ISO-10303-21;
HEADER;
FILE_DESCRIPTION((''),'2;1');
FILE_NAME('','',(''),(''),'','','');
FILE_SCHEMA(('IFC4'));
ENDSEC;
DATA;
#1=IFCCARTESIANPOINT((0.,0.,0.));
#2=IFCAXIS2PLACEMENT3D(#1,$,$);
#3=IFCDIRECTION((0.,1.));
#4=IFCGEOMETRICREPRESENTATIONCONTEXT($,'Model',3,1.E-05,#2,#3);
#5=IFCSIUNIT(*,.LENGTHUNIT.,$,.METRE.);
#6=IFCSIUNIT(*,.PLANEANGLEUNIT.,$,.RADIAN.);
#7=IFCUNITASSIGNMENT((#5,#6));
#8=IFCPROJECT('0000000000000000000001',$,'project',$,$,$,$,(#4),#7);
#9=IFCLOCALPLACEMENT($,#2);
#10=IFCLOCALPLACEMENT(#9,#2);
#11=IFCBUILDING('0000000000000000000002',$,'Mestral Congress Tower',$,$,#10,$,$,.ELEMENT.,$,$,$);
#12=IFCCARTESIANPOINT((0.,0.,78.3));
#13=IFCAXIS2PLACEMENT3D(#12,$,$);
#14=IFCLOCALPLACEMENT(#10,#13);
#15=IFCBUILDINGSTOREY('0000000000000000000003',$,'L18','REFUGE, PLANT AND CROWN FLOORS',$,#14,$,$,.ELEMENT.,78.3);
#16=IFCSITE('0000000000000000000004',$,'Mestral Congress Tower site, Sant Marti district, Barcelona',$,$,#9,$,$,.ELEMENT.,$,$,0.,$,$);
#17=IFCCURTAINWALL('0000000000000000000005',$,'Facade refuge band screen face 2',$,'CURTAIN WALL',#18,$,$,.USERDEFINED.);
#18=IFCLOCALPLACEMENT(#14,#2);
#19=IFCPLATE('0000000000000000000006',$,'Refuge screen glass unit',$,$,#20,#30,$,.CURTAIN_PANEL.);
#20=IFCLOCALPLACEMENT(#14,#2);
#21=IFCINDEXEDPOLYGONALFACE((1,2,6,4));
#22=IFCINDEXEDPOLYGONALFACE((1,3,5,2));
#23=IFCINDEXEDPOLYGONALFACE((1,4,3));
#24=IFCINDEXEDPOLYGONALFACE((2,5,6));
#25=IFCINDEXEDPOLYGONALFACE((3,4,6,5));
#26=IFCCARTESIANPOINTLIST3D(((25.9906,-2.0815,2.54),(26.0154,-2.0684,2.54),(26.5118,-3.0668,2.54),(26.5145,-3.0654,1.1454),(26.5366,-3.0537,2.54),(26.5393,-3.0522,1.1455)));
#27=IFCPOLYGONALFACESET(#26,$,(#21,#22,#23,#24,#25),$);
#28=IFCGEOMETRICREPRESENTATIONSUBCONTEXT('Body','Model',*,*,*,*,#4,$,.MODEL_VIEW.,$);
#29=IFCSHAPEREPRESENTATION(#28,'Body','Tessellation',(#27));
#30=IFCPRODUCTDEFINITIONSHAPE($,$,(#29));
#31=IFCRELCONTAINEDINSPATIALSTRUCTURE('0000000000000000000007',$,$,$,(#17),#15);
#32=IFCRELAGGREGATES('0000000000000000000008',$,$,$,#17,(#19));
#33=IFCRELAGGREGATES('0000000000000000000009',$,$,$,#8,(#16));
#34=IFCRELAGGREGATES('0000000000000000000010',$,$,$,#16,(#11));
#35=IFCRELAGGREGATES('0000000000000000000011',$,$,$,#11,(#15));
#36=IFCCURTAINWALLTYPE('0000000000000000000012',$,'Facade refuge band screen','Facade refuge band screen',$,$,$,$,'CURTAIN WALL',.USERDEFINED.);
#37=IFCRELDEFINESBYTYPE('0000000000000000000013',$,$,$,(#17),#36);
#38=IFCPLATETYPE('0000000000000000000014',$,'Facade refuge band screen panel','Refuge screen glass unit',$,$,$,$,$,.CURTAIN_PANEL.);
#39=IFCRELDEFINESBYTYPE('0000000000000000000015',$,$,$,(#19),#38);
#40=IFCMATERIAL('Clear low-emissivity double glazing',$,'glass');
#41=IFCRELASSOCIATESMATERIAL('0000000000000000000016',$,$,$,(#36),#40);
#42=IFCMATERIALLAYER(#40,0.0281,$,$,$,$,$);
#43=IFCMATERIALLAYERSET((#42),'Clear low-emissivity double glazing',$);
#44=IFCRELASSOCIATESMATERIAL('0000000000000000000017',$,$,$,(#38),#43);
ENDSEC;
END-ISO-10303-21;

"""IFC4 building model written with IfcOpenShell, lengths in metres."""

from ifc_helpers import new_model, si_unit, direction, frame, origin, place, context, subcontext, project, spatial, polyline, outline, extrude, material, layer, layer_set, type_object, element, aggregate, save


model = new_model("IFC4")

# Units and contexts
model_context = context("Model", 3, precision=1e-05, world=origin(), true_north=direction((0.0, 1.0)))
body_context = subcontext(model_context, "Body", "Model", "MODEL_VIEW")
ifc_project = project(units=[si_unit("LENGTHUNIT", "METRE"), si_unit("PLANEANGLEUNIT", "RADIAN")], contexts=[model_context])

# Site, building, storey
site_placement = place(None, origin())
site = spatial("IfcSite", under=ifc_project, at=site_placement, Name="Mestral Congress Tower site, Sant Marti district, Barcelona", CompositionType="ELEMENT", RefElevation=0.0)
building_placement = place(site_placement, origin())
building = spatial("IfcBuilding", under=site, at=building_placement, Name="Mestral Congress Tower", CompositionType="ELEMENT")
storey_placement = place(building_placement, frame((0.0, 0.0, 78.3)))
storey = spatial("IfcBuildingStorey", under=building, at=storey_placement, Name="L18", Description="REFUGE, PLANT AND CROWN FLOORS", CompositionType="ELEMENT", Elevation=78.3)

# Curtain wall
ifc_material_1 = material(Name="Clear low-emissivity double glazing", Category="glass")
curtain_wall_type = type_object("IfcCurtainWallType", Name="Facade refuge band screen", Description="Facade refuge band screen", ElementType="CURTAIN WALL", PredefinedType="USERDEFINED", material=ifc_material_1)
curtain_wall_placement = place(storey_placement, origin())
curtain_wall = element("IfcCurtainWall", 1, at=curtain_wall_placement, inside=storey, type_object=curtain_wall_type, Name="Facade refuge band screen face 2", ObjectType="CURTAIN WALL", PredefinedType="USERDEFINED")

# Plate
ifc_layer_1 = layer(ifc_material_1, 0.0281)
ifc_layer_set_1 = layer_set([ifc_layer_1], Name="Clear low-emissivity double glazing")
plate_type_1 = type_object("IfcPlateType", Name="Facade refuge band screen panel", Description="Refuge screen glass unit", PredefinedType="CURTAIN_PANEL", material=ifc_layer_set_1)
plate_1_placement = place(storey_placement, frame((26.5366, -3.0537, 2.54), z_axis=(0.88394, 0.467595, 0.002193), x_axis=(-0.467596, 0.883942, 0.0)))
plate_1 = element("IfcPlate", 2, at=plate_1_placement, type_object=plate_type_1, Name="Refuge screen glass unit", PredefinedType="CURTAIN_PANEL", context=body_context, shape_type="SweptSolid", body=[
    extrude(outline(polyline([(0.0, 0.0), (1.1147, 0.0), (0.0, -1.3945), (0.0, 0.0)])), origin(), (0.0, 0.0, -1.0), 0.0281),
])
aggregate(curtain_wall, [plate_1])

save(model, "model.ifc")
